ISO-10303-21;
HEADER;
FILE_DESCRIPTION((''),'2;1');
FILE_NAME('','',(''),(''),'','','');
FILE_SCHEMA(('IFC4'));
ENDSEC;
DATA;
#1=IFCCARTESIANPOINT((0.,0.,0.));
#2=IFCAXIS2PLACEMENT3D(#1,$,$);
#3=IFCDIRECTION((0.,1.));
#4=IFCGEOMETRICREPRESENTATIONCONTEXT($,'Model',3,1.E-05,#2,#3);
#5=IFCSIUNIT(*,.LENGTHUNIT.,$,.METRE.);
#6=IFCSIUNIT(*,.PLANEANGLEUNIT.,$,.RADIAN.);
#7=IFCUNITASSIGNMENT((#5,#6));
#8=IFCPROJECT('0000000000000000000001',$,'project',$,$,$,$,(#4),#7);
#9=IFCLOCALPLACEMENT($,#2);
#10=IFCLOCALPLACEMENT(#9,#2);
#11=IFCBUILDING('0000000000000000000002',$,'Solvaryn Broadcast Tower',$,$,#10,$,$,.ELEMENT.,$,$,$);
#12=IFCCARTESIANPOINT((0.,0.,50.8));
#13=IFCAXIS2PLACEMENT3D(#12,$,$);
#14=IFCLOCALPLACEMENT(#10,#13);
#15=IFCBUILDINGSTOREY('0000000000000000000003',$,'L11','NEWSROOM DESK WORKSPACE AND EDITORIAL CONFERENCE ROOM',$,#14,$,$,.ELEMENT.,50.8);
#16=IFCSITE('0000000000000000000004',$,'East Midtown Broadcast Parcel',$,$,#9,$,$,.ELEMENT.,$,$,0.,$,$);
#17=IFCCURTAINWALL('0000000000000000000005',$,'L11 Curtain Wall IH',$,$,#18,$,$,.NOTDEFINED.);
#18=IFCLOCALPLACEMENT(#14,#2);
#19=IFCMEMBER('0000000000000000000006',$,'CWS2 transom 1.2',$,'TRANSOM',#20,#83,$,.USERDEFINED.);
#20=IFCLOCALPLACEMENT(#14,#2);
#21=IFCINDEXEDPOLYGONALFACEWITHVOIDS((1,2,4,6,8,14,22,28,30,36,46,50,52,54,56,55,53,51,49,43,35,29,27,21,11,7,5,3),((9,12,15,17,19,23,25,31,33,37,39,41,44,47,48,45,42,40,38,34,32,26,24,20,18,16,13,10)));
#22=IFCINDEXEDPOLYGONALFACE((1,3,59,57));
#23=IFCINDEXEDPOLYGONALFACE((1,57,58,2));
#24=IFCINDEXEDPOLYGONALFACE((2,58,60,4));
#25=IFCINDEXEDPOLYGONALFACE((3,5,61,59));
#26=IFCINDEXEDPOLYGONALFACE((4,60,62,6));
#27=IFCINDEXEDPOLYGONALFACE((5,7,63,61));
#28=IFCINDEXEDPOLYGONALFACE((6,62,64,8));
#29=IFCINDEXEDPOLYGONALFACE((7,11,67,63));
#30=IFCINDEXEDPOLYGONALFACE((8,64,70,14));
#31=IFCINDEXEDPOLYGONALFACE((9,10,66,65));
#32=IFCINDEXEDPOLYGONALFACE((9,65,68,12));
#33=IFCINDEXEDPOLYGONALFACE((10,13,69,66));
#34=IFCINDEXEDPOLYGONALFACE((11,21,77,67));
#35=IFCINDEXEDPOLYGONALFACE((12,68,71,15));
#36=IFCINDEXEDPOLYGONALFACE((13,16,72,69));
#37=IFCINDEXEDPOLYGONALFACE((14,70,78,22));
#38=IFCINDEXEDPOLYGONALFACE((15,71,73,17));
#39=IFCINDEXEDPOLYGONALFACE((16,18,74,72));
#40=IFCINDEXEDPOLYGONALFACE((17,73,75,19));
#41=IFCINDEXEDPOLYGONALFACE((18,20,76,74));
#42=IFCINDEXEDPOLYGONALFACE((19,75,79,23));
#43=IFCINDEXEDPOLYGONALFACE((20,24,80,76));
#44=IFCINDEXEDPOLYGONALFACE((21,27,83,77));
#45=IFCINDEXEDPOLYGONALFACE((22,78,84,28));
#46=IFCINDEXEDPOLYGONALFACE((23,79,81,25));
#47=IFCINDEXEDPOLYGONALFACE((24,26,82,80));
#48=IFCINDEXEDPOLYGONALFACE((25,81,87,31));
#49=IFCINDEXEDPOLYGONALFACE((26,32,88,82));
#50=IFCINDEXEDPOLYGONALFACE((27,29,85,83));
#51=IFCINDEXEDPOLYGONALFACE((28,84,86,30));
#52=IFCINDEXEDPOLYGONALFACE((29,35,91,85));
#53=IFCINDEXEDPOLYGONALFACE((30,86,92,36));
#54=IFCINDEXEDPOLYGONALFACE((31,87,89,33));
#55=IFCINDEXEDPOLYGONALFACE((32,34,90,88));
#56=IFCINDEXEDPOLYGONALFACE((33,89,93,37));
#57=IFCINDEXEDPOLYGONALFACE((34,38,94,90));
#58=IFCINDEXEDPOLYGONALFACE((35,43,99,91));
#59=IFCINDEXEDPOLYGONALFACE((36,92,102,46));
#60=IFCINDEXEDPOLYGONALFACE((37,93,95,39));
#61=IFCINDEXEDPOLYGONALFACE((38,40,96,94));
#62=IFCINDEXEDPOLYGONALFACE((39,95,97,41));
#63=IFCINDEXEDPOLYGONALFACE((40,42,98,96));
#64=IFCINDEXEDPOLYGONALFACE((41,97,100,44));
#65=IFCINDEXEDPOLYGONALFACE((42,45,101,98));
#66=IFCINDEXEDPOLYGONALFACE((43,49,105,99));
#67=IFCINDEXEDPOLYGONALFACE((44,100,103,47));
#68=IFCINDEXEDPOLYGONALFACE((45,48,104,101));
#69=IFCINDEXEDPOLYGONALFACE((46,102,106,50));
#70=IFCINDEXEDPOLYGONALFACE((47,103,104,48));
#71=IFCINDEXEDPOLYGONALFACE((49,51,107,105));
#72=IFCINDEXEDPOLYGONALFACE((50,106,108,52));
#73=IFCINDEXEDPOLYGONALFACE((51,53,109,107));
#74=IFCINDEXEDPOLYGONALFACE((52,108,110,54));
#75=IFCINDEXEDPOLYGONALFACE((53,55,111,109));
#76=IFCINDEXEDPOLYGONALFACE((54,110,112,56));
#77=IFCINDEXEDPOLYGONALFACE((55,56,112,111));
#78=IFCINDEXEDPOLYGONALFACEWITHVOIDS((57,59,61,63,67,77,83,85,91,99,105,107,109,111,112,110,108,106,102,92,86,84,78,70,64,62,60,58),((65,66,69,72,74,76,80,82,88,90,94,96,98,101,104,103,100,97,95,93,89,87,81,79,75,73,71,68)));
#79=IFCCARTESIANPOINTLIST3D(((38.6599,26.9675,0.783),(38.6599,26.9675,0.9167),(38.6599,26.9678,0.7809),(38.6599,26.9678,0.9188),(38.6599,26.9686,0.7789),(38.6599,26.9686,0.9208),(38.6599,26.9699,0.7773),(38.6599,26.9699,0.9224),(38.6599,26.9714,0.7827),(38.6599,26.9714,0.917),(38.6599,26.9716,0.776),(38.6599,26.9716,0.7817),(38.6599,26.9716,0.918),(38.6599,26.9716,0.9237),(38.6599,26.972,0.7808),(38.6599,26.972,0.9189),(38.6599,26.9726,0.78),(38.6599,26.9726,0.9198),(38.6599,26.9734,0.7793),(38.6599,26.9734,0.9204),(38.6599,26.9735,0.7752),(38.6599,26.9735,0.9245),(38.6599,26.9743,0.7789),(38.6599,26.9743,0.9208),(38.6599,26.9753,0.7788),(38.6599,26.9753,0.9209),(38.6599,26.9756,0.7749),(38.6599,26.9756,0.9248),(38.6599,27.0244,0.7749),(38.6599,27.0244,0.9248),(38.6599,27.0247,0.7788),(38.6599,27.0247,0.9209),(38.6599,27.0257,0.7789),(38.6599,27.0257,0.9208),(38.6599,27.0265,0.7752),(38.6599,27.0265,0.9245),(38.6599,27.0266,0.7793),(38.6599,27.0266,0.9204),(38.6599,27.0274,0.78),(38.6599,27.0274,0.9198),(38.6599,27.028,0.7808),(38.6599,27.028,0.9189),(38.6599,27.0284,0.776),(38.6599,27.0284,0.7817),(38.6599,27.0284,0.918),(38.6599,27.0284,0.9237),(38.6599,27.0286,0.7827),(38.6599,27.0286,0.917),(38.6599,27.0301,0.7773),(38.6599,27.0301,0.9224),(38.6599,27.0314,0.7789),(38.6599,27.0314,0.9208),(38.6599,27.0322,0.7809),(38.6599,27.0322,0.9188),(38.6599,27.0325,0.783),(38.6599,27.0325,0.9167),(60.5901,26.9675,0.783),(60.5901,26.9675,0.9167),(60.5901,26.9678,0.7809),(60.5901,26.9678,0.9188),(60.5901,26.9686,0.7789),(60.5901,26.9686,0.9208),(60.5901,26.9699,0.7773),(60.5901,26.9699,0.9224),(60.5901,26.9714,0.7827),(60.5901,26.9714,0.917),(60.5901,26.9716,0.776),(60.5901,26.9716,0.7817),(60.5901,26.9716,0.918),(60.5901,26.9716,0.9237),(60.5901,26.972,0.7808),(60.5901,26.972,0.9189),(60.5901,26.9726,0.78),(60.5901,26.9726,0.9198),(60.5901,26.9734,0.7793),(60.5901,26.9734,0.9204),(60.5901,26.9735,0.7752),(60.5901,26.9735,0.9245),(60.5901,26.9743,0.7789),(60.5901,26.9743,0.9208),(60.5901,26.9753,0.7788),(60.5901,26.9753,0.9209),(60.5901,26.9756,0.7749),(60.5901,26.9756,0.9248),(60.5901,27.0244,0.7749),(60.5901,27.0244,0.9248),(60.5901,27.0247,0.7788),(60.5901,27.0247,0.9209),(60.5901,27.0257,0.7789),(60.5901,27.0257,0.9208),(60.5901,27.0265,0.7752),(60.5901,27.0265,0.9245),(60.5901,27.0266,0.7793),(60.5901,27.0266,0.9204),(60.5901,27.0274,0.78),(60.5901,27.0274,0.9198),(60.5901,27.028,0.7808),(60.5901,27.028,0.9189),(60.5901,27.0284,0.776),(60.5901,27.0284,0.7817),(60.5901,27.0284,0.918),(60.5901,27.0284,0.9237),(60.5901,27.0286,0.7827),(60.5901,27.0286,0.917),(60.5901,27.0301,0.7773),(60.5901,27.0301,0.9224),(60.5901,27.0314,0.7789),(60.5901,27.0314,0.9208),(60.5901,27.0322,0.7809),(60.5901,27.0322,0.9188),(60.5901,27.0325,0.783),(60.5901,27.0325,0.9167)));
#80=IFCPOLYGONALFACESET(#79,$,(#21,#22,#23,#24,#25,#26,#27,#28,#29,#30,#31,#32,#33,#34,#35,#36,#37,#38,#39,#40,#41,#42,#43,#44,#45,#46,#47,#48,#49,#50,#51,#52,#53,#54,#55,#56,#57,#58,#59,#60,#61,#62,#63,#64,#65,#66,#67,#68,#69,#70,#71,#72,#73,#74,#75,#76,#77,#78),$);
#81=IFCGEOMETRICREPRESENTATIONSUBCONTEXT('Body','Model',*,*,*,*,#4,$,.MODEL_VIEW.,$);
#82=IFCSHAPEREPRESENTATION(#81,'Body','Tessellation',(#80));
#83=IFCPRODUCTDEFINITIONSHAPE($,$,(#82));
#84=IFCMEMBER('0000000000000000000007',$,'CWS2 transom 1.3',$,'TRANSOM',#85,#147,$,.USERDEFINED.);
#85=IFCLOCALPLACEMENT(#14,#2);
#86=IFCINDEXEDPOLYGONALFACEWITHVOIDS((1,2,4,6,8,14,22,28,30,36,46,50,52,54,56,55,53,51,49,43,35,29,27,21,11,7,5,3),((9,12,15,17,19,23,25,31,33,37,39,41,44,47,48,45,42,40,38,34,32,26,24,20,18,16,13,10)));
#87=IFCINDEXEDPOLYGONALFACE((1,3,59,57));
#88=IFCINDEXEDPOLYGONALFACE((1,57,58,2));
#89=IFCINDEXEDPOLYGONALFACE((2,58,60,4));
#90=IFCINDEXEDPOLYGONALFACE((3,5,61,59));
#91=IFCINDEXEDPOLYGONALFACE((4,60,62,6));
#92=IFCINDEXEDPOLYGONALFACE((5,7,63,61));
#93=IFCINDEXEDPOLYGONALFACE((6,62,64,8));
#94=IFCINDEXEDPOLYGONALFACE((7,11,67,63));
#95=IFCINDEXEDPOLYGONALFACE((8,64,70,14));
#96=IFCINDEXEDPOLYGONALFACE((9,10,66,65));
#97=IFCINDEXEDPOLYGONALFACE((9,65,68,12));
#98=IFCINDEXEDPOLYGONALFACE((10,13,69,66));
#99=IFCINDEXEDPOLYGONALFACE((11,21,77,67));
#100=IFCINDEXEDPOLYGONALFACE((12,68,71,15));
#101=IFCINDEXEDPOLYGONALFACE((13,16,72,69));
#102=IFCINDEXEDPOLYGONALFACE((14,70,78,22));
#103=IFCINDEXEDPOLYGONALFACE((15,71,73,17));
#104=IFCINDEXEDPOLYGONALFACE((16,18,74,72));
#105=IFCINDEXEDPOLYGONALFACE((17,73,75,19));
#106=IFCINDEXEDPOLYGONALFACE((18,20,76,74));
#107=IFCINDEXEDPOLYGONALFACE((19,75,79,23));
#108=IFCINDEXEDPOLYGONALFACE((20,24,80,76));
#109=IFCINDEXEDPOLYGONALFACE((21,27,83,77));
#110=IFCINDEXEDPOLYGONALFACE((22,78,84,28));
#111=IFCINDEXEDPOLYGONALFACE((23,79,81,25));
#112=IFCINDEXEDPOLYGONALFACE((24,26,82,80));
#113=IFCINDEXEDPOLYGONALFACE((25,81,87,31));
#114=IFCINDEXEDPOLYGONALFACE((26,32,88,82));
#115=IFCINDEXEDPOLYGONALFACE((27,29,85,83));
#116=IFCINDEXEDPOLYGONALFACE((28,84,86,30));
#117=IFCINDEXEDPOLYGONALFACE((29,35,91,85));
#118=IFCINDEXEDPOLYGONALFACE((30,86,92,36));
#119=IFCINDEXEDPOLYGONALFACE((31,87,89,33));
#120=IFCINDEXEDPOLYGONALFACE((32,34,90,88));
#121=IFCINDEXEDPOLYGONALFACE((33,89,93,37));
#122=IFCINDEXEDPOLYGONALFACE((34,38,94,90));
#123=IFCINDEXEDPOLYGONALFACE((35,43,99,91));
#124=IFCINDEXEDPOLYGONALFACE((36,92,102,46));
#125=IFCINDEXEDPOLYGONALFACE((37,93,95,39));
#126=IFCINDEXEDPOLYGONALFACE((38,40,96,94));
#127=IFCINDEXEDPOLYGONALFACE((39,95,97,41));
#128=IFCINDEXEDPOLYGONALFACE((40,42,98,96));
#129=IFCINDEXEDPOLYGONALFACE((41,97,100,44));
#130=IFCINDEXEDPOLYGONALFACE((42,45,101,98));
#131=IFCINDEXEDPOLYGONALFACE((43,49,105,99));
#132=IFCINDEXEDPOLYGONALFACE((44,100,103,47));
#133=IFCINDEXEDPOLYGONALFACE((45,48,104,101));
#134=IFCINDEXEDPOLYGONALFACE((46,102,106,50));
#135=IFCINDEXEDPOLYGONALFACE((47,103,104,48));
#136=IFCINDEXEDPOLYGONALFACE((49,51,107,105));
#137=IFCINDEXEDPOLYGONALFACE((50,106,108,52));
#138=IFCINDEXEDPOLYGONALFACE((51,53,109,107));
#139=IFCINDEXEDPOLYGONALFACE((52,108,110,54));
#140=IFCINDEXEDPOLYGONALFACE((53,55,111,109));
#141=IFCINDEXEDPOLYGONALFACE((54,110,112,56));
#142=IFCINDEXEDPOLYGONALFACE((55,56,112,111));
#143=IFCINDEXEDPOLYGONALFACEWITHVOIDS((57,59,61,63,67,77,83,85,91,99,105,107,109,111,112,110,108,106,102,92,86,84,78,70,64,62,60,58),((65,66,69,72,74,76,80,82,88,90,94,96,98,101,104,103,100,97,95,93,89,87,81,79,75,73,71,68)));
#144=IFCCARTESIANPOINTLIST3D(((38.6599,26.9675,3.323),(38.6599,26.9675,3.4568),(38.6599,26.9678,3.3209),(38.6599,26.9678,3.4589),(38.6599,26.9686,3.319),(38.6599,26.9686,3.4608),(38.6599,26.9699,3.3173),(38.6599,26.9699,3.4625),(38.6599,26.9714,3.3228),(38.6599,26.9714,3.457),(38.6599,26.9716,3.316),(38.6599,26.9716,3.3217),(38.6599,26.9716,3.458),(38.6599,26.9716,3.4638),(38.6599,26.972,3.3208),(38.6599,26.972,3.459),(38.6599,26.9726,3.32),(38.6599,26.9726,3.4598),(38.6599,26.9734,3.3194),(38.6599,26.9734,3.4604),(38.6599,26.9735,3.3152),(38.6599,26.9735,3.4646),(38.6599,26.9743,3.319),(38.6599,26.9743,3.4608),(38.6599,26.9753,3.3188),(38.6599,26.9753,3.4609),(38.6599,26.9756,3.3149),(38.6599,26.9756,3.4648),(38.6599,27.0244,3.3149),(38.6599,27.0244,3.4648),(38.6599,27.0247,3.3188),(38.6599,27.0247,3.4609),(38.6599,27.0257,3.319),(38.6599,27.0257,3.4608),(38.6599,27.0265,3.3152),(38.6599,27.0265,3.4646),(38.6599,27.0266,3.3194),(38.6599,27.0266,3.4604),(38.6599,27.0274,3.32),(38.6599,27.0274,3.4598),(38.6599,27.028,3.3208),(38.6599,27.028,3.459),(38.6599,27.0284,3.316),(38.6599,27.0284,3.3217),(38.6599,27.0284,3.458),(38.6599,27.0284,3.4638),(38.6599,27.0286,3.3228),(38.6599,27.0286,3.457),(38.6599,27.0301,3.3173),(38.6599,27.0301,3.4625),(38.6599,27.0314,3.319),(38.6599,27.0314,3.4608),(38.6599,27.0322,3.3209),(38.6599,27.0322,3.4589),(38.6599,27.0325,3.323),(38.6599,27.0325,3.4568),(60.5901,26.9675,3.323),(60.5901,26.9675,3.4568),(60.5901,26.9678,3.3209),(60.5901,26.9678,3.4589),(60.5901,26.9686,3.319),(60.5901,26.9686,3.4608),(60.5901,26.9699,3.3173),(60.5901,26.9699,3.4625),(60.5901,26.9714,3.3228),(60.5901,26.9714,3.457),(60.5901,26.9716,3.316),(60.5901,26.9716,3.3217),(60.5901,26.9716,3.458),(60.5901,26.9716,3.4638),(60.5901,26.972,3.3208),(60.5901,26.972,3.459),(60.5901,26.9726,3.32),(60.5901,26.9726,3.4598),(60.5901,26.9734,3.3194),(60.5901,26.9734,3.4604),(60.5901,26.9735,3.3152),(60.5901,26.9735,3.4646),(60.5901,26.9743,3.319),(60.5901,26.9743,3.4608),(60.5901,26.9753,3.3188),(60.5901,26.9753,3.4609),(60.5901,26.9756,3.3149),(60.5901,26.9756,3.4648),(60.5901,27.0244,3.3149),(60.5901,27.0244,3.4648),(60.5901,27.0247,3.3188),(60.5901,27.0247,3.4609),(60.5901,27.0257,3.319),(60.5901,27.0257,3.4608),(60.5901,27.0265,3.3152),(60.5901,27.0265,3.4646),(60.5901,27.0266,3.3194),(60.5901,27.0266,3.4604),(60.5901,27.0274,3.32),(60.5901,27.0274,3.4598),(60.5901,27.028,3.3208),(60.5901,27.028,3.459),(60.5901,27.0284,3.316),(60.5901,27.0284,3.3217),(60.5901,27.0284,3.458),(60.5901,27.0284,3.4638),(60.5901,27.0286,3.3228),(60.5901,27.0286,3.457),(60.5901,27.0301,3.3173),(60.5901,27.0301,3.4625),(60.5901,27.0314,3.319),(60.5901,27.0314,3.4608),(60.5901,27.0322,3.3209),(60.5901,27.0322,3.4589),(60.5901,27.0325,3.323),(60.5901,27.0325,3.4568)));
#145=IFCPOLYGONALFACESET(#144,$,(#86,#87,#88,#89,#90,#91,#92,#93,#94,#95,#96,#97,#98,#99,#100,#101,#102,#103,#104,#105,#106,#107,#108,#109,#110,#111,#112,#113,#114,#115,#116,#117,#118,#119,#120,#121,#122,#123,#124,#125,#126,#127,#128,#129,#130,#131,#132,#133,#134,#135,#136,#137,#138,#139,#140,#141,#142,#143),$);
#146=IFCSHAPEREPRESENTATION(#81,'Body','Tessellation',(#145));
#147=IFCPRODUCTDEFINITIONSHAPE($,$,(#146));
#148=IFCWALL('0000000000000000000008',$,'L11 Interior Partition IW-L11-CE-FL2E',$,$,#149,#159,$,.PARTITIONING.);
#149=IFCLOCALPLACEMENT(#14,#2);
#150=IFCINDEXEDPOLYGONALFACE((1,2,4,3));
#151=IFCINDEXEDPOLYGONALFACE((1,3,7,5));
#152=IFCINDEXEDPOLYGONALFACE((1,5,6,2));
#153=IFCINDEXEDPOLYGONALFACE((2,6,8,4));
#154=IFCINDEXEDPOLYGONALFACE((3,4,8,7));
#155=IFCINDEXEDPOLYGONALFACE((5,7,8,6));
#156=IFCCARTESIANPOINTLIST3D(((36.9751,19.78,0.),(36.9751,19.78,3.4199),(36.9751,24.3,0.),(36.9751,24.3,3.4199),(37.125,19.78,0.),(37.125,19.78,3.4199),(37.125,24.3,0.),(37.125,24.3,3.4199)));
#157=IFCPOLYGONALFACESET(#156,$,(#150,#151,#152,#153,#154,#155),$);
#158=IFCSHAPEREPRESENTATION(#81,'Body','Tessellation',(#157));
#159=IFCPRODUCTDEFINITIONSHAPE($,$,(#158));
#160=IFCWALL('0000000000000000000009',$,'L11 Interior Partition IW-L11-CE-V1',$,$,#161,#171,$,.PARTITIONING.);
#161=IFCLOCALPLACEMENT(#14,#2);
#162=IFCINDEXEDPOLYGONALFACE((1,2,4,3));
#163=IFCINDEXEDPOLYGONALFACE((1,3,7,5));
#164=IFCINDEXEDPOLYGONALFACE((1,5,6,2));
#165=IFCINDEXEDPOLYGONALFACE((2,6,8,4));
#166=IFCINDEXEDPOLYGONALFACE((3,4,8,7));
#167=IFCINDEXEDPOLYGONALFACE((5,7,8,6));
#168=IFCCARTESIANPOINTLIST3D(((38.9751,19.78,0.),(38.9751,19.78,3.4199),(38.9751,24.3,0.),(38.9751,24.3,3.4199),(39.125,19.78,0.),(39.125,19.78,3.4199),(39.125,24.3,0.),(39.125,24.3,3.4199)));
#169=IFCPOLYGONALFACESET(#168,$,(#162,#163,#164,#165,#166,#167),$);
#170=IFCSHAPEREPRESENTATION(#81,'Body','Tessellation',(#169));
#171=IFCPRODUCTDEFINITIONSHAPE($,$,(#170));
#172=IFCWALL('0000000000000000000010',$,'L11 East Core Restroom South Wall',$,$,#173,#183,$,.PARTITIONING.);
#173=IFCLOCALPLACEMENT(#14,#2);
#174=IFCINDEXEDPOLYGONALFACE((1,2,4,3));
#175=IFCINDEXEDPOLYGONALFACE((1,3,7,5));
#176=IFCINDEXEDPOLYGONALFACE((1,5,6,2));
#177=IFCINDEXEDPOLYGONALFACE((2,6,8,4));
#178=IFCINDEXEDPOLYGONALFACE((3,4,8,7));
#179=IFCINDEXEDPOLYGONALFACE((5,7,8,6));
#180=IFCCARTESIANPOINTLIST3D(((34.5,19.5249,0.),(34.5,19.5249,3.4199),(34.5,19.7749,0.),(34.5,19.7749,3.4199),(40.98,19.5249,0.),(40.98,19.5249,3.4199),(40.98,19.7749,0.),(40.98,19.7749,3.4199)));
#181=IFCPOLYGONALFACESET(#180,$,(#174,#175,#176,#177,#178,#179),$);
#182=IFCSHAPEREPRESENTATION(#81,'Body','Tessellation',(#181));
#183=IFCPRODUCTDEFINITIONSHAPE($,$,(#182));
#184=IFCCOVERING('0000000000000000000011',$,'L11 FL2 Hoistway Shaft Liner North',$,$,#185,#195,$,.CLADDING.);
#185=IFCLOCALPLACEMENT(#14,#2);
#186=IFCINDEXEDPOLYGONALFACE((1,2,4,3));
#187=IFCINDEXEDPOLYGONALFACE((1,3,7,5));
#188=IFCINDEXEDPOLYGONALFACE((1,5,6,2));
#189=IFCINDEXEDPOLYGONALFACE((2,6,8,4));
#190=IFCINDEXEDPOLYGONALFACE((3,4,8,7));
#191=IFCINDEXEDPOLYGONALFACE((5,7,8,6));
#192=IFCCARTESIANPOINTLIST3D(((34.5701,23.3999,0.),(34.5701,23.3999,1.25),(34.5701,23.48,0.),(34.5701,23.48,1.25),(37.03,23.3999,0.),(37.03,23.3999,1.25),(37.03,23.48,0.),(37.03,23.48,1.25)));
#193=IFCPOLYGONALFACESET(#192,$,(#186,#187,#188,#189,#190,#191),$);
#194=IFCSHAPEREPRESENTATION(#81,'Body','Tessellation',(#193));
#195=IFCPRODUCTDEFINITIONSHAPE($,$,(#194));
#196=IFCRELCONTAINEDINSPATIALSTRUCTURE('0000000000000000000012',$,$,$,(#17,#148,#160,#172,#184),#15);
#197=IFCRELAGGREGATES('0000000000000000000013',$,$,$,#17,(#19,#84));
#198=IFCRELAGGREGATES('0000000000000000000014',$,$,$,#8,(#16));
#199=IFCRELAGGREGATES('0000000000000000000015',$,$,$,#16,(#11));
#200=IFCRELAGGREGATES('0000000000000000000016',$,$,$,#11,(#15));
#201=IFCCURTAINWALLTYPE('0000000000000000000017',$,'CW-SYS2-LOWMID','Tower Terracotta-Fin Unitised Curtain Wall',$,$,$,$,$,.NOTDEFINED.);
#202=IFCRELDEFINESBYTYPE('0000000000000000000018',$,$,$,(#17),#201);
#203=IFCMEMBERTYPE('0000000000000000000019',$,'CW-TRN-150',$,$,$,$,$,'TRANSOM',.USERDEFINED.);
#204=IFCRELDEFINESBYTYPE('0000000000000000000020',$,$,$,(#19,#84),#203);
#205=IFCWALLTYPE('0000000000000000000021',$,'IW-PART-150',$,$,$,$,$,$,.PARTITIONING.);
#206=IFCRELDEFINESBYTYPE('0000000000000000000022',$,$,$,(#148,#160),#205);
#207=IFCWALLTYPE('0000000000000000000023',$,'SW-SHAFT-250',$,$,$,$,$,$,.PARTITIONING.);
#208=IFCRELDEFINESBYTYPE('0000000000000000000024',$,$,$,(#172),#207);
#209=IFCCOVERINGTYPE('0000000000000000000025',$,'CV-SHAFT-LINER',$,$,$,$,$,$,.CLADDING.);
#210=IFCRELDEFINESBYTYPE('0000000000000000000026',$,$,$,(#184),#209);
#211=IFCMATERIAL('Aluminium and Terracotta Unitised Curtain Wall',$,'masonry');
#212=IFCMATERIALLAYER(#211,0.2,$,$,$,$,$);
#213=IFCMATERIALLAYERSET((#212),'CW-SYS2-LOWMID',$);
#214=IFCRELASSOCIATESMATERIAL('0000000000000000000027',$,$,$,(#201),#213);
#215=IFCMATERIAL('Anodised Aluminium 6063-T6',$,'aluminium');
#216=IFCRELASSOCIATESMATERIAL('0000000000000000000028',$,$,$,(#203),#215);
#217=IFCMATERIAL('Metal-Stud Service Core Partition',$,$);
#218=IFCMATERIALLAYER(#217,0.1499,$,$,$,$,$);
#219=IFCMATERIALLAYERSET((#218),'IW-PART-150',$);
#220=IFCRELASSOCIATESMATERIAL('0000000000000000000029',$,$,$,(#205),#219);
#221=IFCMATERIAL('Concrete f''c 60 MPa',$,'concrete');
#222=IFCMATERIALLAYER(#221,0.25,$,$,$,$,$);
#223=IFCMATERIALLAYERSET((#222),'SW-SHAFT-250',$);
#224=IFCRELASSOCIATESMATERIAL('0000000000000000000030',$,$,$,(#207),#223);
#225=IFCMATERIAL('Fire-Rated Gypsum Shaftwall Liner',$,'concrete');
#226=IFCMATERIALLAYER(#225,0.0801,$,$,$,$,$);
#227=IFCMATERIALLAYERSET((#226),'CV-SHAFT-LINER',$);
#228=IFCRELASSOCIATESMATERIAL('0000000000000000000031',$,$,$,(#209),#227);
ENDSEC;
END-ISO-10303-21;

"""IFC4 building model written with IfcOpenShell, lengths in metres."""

from ifc_helpers import new_model, si_unit, direction, frame, frame_2d, origin, origin_2d, place, context, subcontext, project, spatial, rectangle, hollow_rectangle, extrude, material, layer, layer_set, material_profile, profile_set, type_object, element, aggregate, save


model = new_model("IFC4")

# Units and contexts
model_context = context("Model", 3, precision=1e-05, world=origin(), true_north=direction((0.0, 1.0)))
body_context = subcontext(model_context, "Body", "Model", "MODEL_VIEW")
ifc_project = project(units=[si_unit("LENGTHUNIT", "METRE"), si_unit("PLANEANGLEUNIT", "RADIAN")], contexts=[model_context])

# Site, building, storey
site_placement = place(None, origin())
site = spatial("IfcSite", under=ifc_project, at=site_placement, Name="East Midtown Broadcast Parcel", CompositionType="ELEMENT", RefElevation=0.0)
building_placement = place(site_placement, origin())
building = spatial("IfcBuilding", under=site, at=building_placement, Name="Solvaryn Broadcast Tower", CompositionType="ELEMENT")
storey_placement = place(building_placement, frame((0.0, 0.0, 50.8)))
storey = spatial("IfcBuildingStorey", under=building, at=storey_placement, Name="L11", Description="NEWSROOM DESK WORKSPACE AND EDITORIAL CONFERENCE ROOM", CompositionType="ELEMENT", Elevation=50.8)

# Curtain wall
ifc_material_1 = material(Name="Aluminium and Terracotta Unitised Curtain Wall", Category="masonry")
ifc_layer_1 = layer(ifc_material_1, 0.2)
ifc_layer_set_1 = layer_set([ifc_layer_1], Name="CW-SYS2-LOWMID")
curtain_wall_type = type_object("IfcCurtainWallType", Name="CW-SYS2-LOWMID", Description="Tower Terracotta-Fin Unitised Curtain Wall", PredefinedType="NOTDEFINED", material=ifc_layer_set_1)
curtain_wall_1_placement = place(storey_placement, origin())
curtain_wall_1 = element("IfcCurtainWall", 1, at=curtain_wall_1_placement, inside=storey, type_object=curtain_wall_type, Name="L11 Curtain Wall IH", PredefinedType="NOTDEFINED")

# Members
ifc_material_2 = material(Name="Anodised Aluminium 6063-T6", Category="aluminium")
ifc_material_profile_1 = material_profile(ifc_material_2, hollow_rectangle(XDim=0.0649, YDim=0.1499, WallThickness=0.0039, InnerFilletRadius=0.0039, OuterFilletRadius=0.0081, at=origin_2d()))
ifc_profile_set_1 = profile_set([ifc_material_profile_1], Name="Anodised Aluminium 6063-T6")
member_type_1 = type_object("IfcMemberType", Name="CW-TRN-150", ElementType="TRANSOM", PredefinedType="USERDEFINED", material=ifc_profile_set_1)
member_1_placement = place(storey_placement, frame((38.6599, 27.0, 0.8499), z_axis=(1.0, 0.0, 0.0), x_axis=(0.0, 1.0, 0.0)))
member_1 = element("IfcMember", 2, at=member_1_placement, type_object=member_type_1, Name="CWS2 transom 1.2", ObjectType="TRANSOM", PredefinedType="USERDEFINED", context=body_context, shape_type="SweptSolid", body=[
    extrude(hollow_rectangle(XDim=0.0649, YDim=0.1499, WallThickness=0.0039, InnerFilletRadius=0.0039, OuterFilletRadius=0.0081, at=origin_2d()), origin(), (0.0, 0.0, 1.0), 21.9302),
])
member_2_placement = place(storey_placement, frame((38.6599, 27.0, 3.3899), z_axis=(1.0, 0.0, 0.0), x_axis=(0.0, 1.0, 0.0)))
member_2 = element("IfcMember", 3, at=member_2_placement, type_object=member_type_1, Name="CWS2 transom 1.3", ObjectType="TRANSOM", PredefinedType="USERDEFINED", context=body_context, shape_type="SweptSolid", body=[
    extrude(hollow_rectangle(XDim=0.0649, YDim=0.1499, WallThickness=0.0039, InnerFilletRadius=0.0039, OuterFilletRadius=0.0081, at=origin_2d()), origin(), (0.0, 0.0, 1.0), 21.9302),
])
aggregate(curtain_wall_1, [member_1, member_2])

# Walls
ifc_material_3 = material(Name="Metal-Stud Service Core Partition")
ifc_layer_2 = layer(ifc_material_3, 0.1499)
ifc_layer_set_2 = layer_set([ifc_layer_2], Name="IW-PART-150")
wall_type_1 = type_object("IfcWallType", Name="IW-PART-150", PredefinedType="PARTITIONING", material=ifc_layer_set_2)
for number, where, z_axis, x_axis, name in (
    (4, (37.05, 19.78, 0.0), (0.0, 0.0, 1.0), (0.0, 1.0, 0.0), "L11 Interior Partition IW-L11-CE-FL2E"),
    (5, (39.05, 19.78, 0.0), (0.0, 0.0, 1.0), (0.0, 1.0, 0.0), "L11 Interior Partition IW-L11-CE-V1"),
):
    element("IfcWall", number, at=place(storey_placement, frame(where, z_axis=z_axis, x_axis=x_axis)), inside=storey, type_object=wall_type_1, Name=name, PredefinedType="PARTITIONING", context=body_context, shape_type="SweptSolid", body=[
        extrude(rectangle(XDim=4.52, YDim=0.1499, at=frame_2d((2.26, 0.0))), origin(), (0.0, 0.0, 1.0), 3.4199),
    ])

# Shared definitions
ifc_material_4 = material(Name="Concrete f'c 60 MPa", Category="concrete")
ifc_layer_3 = layer(ifc_material_4, 0.25)
ifc_layer_set_3 = layer_set([ifc_layer_3], Name="SW-SHAFT-250")
wall_type_2 = type_object("IfcWallType", Name="SW-SHAFT-250", PredefinedType="PARTITIONING", material=ifc_layer_set_3)

# Wall
wall_1_placement = place(storey_placement, frame((34.5, 19.6499, 0.0), z_axis=(0.0, 0.0, 1.0), x_axis=(1.0, 0.0, 0.0)))
element("IfcWall", 6, at=wall_1_placement, inside=storey, type_object=wall_type_2, Name="L11 East Core Restroom South Wall", PredefinedType="PARTITIONING", context=body_context, shape_type="SweptSolid", body=[
    extrude(rectangle(XDim=6.48, YDim=0.25, at=frame_2d((3.24, 0.0))), origin(), (0.0, 0.0, 1.0), 3.4199),
])

# Covering
ifc_material_5 = material(Name="Fire-Rated Gypsum Shaftwall Liner", Category="concrete")
ifc_layer_4 = layer(ifc_material_5, 0.0801)
ifc_layer_set_4 = layer_set([ifc_layer_4], Name="CV-SHAFT-LINER")
covering_type_1 = type_object("IfcCoveringType", Name="CV-SHAFT-LINER", PredefinedType="CLADDING", material=ifc_layer_set_4)
for number, where, z_axis, x_axis, name in (
    (7, (35.8, 23.4399, 0.0), (0.0, 0.0, 1.0), (1.0, 0.0, 0.0), "L11 FL2 Hoistway Shaft Liner North"),
):
    element("IfcCovering", number, at=place(storey_placement, frame(where, z_axis=z_axis, x_axis=x_axis)), inside=storey, type_object=covering_type_1, Name=name, PredefinedType="CLADDING", context=body_context, shape_type="SweptSolid", body=[
        extrude(rectangle(XDim=2.46, YDim=0.0801, at=origin_2d()), origin(), (0.0, 0.0, 1.0), 1.25),
    ])

save(model, "model.ifc")
